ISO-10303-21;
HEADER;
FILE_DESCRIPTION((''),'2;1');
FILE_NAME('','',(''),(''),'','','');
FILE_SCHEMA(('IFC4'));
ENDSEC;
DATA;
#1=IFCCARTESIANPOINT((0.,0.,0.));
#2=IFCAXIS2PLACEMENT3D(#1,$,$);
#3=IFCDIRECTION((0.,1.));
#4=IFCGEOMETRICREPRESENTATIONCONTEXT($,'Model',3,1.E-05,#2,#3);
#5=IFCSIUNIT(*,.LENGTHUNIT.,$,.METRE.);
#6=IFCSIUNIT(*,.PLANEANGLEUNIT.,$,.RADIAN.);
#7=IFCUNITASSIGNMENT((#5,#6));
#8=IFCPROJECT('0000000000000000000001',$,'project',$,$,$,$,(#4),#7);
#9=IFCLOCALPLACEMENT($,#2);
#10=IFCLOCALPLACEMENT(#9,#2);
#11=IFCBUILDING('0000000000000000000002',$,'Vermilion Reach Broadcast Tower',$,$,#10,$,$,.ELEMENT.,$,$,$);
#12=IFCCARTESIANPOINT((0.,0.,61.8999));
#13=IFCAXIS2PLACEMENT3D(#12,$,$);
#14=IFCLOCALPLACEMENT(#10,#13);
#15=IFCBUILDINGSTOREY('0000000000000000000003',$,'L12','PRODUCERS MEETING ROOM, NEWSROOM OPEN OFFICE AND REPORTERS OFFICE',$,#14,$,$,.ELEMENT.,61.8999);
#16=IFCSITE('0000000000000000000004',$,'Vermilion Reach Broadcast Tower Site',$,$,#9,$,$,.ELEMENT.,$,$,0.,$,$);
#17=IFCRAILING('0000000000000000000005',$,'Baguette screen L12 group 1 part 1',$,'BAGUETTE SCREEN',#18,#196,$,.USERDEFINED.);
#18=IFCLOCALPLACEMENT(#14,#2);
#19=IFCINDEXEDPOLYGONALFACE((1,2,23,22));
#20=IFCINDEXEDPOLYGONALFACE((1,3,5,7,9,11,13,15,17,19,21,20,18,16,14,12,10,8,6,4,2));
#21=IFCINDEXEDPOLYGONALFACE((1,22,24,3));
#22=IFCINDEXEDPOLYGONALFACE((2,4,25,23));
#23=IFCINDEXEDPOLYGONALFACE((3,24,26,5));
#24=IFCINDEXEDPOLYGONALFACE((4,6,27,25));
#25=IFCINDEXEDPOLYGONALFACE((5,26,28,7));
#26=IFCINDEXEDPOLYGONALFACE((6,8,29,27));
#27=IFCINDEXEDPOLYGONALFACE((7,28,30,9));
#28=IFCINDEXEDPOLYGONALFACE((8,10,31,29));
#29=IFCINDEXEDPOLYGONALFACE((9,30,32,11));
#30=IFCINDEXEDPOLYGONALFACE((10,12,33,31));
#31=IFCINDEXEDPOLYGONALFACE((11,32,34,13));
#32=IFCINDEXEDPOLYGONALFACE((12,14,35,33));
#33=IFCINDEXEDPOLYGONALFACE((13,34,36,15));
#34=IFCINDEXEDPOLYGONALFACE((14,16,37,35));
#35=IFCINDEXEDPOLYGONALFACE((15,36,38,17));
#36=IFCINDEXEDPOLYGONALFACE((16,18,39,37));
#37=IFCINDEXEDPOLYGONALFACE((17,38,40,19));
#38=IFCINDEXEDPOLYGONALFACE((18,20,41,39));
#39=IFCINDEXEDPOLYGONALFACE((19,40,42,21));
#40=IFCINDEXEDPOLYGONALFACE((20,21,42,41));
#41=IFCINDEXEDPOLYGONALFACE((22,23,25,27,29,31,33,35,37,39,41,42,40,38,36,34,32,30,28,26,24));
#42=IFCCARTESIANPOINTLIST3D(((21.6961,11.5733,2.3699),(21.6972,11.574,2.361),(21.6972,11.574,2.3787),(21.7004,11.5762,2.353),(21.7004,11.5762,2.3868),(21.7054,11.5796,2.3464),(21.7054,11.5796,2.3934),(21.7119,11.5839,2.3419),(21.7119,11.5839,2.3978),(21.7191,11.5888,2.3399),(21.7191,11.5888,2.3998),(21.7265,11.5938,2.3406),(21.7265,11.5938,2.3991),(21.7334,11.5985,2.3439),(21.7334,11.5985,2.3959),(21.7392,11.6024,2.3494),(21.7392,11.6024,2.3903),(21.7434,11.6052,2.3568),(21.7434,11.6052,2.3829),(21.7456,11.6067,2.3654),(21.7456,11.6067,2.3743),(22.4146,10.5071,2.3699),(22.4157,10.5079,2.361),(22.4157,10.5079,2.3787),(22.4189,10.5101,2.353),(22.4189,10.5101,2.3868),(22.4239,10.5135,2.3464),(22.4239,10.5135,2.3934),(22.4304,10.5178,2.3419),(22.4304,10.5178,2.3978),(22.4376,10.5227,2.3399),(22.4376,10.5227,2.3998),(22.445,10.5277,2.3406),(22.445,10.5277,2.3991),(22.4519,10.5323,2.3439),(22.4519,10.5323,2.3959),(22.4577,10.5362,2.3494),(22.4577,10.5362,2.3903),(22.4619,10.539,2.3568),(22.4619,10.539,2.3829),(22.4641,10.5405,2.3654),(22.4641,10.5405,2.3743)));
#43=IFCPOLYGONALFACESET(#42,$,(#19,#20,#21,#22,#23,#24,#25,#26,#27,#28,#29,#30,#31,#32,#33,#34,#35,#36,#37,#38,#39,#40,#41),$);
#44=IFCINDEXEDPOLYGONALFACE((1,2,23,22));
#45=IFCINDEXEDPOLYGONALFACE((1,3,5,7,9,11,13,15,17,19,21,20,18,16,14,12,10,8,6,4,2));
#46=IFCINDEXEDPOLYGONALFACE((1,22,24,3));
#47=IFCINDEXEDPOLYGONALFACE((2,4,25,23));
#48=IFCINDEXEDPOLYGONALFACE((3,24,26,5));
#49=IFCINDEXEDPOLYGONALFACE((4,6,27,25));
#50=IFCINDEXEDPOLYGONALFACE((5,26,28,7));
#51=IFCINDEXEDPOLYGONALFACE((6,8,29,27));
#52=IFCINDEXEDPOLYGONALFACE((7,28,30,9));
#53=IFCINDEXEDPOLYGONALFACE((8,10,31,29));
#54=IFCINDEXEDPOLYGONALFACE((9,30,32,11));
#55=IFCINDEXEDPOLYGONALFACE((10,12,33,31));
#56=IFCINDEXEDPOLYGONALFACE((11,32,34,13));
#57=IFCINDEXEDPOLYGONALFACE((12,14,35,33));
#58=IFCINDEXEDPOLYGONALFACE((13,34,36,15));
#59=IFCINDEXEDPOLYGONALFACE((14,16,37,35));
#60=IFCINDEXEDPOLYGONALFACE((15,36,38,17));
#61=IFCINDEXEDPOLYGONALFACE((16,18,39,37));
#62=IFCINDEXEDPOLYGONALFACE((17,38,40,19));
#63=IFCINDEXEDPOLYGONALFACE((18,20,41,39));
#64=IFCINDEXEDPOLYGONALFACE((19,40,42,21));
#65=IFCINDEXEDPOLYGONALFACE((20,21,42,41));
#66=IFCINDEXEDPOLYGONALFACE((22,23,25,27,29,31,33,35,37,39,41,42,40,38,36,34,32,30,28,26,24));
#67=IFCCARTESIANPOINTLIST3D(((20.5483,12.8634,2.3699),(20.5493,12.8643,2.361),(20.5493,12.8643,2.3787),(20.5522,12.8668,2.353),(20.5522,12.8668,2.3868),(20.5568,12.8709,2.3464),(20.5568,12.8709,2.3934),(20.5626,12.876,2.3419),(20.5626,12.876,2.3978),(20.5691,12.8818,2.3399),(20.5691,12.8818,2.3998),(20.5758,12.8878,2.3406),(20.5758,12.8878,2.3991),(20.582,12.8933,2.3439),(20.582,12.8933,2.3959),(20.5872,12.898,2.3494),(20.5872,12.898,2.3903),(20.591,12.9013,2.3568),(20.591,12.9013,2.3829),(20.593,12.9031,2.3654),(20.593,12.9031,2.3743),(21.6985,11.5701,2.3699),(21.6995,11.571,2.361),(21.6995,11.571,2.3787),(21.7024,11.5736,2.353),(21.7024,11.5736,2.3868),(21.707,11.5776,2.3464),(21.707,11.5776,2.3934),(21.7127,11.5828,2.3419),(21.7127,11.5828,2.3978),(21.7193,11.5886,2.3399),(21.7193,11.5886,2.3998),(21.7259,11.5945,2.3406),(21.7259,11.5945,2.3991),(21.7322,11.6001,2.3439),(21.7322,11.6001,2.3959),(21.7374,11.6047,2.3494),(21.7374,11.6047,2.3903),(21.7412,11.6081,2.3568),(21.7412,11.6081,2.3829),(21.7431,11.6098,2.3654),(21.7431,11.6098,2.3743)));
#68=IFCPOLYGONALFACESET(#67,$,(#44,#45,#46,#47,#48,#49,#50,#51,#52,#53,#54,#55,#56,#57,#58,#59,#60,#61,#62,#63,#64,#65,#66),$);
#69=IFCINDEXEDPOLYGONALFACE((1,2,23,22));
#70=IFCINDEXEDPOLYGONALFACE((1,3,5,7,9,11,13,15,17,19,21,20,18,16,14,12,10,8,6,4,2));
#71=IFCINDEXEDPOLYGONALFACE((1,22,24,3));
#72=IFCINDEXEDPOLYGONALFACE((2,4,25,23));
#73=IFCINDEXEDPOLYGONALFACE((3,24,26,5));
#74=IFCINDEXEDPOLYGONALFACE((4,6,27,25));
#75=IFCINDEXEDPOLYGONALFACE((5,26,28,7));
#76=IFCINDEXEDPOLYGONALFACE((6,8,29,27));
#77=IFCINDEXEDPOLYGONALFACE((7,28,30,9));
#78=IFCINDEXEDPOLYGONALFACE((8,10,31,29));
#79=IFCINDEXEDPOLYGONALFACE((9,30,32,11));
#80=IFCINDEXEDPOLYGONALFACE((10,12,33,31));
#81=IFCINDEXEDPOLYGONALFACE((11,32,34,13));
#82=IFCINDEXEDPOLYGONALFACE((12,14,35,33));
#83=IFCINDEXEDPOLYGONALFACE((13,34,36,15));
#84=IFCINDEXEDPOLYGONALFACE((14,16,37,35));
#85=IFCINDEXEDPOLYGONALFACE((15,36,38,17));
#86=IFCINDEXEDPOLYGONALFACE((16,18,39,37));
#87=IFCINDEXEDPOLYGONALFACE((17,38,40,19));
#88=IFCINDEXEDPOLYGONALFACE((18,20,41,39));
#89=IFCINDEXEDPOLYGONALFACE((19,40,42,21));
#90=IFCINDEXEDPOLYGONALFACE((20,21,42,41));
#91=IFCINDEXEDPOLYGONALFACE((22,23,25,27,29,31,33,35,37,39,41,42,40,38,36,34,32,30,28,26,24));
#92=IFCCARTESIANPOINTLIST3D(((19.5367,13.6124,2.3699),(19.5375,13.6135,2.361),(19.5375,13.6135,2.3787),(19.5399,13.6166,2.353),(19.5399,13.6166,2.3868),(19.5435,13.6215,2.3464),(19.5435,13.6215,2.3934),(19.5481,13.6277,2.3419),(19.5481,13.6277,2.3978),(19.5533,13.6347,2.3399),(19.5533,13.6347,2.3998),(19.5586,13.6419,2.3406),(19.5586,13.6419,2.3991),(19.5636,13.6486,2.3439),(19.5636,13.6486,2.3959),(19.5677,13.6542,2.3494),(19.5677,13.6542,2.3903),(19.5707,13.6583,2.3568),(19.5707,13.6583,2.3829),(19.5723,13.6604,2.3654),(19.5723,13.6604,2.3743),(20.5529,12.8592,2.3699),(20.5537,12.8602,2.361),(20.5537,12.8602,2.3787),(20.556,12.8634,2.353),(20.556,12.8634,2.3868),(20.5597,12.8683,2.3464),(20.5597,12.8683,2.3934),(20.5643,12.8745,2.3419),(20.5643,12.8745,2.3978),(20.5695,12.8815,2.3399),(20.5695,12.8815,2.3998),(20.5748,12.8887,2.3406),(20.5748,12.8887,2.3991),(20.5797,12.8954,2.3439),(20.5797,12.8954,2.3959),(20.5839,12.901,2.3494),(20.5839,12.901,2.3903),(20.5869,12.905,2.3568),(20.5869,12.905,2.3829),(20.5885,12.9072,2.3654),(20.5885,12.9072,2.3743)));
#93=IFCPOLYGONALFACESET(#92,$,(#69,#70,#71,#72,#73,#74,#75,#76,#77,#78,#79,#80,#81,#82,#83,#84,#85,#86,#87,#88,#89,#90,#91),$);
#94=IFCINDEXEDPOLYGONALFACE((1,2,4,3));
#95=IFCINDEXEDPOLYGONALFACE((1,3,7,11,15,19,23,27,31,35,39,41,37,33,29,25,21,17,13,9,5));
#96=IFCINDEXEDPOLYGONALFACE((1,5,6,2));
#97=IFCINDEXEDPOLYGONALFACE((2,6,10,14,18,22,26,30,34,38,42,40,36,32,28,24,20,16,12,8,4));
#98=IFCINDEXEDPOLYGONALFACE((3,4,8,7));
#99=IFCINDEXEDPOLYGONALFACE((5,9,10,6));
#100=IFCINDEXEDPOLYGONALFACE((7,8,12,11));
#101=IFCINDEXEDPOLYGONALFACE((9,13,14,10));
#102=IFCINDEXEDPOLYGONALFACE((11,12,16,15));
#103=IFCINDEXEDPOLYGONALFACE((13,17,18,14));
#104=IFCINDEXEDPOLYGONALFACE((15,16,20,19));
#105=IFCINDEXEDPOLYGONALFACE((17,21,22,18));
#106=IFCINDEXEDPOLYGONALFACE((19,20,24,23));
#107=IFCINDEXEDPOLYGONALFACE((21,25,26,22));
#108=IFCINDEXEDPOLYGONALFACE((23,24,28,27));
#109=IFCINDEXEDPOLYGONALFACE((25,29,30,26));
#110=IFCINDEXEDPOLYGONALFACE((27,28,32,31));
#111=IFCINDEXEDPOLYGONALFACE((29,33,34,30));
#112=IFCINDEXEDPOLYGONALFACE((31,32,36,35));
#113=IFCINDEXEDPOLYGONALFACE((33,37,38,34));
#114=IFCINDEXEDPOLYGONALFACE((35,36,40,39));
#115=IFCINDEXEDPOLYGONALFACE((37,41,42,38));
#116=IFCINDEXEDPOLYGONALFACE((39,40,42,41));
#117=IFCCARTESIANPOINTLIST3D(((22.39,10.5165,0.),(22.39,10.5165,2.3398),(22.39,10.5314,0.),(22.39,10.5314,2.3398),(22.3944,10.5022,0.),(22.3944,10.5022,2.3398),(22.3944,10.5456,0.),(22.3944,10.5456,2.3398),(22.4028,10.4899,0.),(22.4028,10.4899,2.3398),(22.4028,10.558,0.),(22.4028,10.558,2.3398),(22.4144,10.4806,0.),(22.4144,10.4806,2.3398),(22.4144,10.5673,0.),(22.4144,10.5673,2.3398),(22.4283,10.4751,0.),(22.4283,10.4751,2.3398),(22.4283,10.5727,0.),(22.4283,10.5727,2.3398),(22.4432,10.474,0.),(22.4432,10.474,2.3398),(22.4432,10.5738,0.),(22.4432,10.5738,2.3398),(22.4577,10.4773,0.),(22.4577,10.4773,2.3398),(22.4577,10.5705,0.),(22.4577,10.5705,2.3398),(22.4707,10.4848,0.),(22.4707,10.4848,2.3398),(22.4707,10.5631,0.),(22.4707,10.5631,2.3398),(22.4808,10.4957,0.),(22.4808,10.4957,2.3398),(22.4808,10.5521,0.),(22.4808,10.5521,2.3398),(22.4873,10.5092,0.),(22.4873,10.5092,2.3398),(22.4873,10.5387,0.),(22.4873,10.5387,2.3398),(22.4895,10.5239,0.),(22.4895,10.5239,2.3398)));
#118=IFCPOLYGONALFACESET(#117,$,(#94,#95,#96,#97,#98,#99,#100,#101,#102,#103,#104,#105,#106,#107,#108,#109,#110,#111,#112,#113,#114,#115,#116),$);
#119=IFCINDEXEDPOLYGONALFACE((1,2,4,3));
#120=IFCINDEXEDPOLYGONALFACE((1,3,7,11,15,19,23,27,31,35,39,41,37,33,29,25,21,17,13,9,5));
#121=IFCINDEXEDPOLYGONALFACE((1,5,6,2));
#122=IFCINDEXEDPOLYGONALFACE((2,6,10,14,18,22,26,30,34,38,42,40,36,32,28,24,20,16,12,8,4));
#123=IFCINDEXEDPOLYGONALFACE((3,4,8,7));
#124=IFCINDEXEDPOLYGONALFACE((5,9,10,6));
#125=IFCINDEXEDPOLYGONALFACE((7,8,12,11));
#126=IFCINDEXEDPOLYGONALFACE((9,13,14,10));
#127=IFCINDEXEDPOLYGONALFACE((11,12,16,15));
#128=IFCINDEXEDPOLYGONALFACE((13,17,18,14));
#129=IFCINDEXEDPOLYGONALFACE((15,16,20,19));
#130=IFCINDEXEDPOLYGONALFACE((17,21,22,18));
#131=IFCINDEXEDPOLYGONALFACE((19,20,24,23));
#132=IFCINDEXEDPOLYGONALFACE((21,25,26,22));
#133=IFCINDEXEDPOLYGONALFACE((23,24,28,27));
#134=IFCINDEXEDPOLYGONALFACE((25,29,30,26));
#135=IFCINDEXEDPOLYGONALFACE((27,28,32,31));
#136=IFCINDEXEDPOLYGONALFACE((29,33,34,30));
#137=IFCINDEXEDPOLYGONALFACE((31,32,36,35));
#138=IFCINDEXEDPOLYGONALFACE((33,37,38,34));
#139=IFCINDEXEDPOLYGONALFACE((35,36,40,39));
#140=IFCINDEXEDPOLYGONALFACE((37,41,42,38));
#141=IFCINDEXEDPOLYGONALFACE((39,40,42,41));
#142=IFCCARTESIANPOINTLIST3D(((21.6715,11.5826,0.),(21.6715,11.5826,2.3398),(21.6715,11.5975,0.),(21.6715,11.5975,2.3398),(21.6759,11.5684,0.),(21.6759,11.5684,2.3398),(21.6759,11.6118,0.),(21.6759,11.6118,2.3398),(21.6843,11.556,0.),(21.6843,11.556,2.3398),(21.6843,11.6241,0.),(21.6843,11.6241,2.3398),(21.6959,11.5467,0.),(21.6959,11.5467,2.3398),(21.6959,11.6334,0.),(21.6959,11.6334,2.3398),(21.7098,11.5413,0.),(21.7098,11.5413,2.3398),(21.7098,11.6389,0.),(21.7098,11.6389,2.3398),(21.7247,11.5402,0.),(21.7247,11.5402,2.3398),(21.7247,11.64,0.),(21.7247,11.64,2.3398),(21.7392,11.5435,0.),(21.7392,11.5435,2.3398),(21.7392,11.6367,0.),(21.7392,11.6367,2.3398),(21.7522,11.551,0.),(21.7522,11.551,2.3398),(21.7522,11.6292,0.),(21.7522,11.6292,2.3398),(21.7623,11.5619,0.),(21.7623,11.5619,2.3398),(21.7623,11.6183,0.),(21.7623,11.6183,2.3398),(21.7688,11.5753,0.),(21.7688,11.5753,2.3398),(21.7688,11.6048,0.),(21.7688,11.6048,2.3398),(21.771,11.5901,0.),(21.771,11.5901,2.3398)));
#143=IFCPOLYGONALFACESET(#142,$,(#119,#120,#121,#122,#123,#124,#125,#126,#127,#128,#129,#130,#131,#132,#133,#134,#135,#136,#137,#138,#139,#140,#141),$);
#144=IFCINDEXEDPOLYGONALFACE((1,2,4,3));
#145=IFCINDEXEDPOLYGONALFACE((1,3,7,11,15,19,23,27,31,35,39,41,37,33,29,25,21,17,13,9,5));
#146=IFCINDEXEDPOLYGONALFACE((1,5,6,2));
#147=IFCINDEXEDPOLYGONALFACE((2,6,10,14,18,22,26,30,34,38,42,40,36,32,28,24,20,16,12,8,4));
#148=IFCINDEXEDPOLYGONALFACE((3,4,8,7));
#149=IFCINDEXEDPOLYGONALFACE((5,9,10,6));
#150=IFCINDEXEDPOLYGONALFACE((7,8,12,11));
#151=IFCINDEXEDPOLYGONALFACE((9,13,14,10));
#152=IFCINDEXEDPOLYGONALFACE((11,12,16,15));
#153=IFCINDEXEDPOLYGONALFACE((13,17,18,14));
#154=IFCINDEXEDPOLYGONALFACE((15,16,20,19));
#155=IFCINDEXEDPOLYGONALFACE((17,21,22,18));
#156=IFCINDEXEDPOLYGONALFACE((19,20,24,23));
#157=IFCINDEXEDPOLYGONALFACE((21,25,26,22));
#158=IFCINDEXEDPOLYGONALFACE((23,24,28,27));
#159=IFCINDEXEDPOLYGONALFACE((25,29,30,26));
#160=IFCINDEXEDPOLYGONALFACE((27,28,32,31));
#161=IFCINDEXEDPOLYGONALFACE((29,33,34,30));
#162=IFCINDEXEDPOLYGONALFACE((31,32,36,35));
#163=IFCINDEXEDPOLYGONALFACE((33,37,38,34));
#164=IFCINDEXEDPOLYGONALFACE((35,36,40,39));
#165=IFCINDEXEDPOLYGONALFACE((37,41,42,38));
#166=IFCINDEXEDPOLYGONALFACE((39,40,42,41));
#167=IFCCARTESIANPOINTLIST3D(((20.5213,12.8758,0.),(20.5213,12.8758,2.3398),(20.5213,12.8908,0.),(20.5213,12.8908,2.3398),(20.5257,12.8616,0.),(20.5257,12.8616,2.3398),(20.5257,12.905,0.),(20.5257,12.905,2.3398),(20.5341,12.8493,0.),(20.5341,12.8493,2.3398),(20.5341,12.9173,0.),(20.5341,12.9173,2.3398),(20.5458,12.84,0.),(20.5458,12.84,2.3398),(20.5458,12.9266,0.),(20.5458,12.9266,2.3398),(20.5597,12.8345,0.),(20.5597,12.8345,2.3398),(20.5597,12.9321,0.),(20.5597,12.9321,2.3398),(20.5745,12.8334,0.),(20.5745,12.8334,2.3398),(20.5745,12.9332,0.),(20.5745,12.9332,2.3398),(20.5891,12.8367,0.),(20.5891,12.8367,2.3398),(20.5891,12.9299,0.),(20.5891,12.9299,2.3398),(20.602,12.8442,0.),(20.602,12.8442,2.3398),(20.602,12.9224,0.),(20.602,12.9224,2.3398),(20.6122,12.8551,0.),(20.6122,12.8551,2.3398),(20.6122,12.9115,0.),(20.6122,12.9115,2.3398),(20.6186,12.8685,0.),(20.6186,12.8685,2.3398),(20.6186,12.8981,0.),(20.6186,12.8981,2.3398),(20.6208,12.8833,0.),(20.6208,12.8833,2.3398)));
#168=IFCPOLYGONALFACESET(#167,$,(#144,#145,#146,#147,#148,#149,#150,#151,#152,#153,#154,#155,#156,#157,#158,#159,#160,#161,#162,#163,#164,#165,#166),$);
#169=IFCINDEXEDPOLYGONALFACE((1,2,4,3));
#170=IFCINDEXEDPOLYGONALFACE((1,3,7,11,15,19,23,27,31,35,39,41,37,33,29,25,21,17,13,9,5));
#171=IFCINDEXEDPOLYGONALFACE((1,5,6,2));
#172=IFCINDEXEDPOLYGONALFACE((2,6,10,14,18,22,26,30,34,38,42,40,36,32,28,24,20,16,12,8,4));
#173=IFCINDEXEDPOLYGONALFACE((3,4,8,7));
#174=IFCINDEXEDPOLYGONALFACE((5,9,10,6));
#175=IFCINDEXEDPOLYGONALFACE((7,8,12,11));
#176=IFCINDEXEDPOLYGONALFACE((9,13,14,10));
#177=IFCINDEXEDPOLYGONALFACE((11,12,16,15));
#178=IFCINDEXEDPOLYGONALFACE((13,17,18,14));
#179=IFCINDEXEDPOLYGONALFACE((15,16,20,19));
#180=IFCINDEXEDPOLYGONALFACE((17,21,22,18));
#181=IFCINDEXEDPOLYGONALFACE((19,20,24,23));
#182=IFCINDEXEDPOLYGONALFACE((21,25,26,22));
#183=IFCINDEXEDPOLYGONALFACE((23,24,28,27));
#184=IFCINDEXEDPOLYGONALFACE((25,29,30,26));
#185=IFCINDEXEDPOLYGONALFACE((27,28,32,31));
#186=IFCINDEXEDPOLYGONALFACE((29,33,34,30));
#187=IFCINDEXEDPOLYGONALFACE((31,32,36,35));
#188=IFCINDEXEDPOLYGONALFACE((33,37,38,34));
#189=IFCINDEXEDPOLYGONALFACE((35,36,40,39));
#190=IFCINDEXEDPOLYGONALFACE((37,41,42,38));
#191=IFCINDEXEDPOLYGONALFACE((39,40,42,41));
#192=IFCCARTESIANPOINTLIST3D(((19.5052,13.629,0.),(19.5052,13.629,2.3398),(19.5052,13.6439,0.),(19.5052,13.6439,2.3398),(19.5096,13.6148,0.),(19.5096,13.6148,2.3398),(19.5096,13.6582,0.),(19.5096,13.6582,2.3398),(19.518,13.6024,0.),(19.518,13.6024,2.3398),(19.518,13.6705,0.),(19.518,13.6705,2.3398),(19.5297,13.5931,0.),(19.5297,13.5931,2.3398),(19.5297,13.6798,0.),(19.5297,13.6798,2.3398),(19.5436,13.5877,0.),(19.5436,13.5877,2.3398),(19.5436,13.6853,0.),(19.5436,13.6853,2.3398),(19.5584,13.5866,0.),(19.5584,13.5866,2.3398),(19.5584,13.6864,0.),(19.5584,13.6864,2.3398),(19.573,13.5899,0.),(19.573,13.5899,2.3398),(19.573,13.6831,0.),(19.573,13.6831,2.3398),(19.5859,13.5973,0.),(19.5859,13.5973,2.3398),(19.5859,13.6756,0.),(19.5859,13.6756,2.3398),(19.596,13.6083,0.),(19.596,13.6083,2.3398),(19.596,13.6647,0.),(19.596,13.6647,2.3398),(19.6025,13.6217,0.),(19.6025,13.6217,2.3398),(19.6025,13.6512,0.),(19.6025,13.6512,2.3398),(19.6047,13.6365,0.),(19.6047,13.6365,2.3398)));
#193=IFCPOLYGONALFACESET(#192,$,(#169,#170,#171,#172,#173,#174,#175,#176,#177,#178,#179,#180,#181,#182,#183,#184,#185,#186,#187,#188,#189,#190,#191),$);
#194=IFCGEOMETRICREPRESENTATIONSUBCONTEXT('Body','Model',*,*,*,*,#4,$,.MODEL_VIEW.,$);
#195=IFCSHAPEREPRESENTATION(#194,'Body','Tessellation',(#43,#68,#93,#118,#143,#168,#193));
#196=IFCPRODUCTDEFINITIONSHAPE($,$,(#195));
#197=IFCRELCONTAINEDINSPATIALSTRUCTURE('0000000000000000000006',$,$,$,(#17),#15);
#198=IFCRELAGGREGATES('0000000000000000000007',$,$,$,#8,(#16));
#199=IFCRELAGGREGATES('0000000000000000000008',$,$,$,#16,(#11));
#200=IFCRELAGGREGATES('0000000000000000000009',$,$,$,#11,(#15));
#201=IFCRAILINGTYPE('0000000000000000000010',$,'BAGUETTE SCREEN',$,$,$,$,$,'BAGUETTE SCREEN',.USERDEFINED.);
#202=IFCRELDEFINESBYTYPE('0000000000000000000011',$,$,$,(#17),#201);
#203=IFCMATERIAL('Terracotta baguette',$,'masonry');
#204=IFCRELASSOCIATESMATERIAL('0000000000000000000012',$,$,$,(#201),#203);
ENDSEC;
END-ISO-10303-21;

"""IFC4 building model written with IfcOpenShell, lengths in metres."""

from ifc_helpers import new_model, si_unit, direction, frame, origin, origin_2d, place, context, subcontext, project, spatial, circle, extrude, material, type_object, element, save


model = new_model("IFC4")

# Units and contexts
model_context = context("Model", 3, precision=1e-05, world=origin(), true_north=direction((0.0, 1.0)))
body_context = subcontext(model_context, "Body", "Model", "MODEL_VIEW")
ifc_project = project(units=[si_unit("LENGTHUNIT", "METRE"), si_unit("PLANEANGLEUNIT", "RADIAN")], contexts=[model_context])

# Site, building, storey
site_placement = place(None, origin())
site = spatial("IfcSite", under=ifc_project, at=site_placement, Name="Vermilion Reach Broadcast Tower Site", CompositionType="ELEMENT", RefElevation=0.0)
building_placement = place(site_placement, origin())
building = spatial("IfcBuilding", under=site, at=building_placement, Name="Vermilion Reach Broadcast Tower", CompositionType="ELEMENT")
storey_placement = place(building_placement, frame((0.0, 0.0, 61.8999)))
storey = spatial("IfcBuildingStorey", under=building, at=storey_placement, Name="L12", Description="PRODUCERS MEETING ROOM, NEWSROOM OPEN OFFICE AND REPORTERS OFFICE", CompositionType="ELEMENT", Elevation=61.8999)

# Railing
ifc_material_1 = material(Name="Terracotta baguette", Category="masonry")
railing_type_1 = type_object("IfcRailingType", Name="BAGUETTE SCREEN", ElementType="BAGUETTE SCREEN", PredefinedType="USERDEFINED", material=ifc_material_1)
railing_1_placement = place(storey_placement, frame((22.4395, 10.5239, 0.0)))
element("IfcRailing", 1, at=railing_1_placement, inside=storey, type_object=railing_type_1, Name="Baguette screen L12 group 1 part 1", ObjectType="BAGUETTE SCREEN", PredefinedType="USERDEFINED", context=body_context, shape_type="SweptSolid", body=[
    extrude(circle(Radius=0.03, at=origin_2d()), frame((0.0, 0.0, 2.3699), z_axis=(-0.558856, 0.829265, 0.0), x_axis=(-0.829265, -0.558856, 0.0)), (0.0, 0.0, 1.0), 1.2856),
    extrude(circle(Radius=0.03, at=origin_2d()), frame((-0.7185, 1.0662, 2.3699), z_axis=(-0.664565, 0.74723, 0.0), x_axis=(-0.74723, -0.664565, 0.0)), (0.0, 0.0, 1.0), 1.7307),
    extrude(circle(Radius=0.03, at=origin_2d()), frame((-1.8687, 2.3594, 2.3699), z_axis=(-0.803369, 0.595481, 0.0), x_axis=(-0.595481, -0.803369, 0.0)), (0.0, 0.0, 1.0), 1.2649),
    extrude(circle(Radius=0.05, at=origin_2d()), origin(), (0.0, 0.0, 1.0), 2.3398),
    extrude(circle(Radius=0.05, at=origin_2d()), frame((-0.7185, 1.0662, 0.0)), (0.0, 0.0, 1.0), 2.3398),
    extrude(circle(Radius=0.05, at=origin_2d()), frame((-1.8687, 2.3594, 0.0)), (0.0, 0.0, 1.0), 2.3398),
    extrude(circle(Radius=0.05, at=origin_2d()), frame((-2.8848, 3.1125, 0.0)), (0.0, 0.0, 1.0), 2.3398),
])

save(model, "model.ifc")
